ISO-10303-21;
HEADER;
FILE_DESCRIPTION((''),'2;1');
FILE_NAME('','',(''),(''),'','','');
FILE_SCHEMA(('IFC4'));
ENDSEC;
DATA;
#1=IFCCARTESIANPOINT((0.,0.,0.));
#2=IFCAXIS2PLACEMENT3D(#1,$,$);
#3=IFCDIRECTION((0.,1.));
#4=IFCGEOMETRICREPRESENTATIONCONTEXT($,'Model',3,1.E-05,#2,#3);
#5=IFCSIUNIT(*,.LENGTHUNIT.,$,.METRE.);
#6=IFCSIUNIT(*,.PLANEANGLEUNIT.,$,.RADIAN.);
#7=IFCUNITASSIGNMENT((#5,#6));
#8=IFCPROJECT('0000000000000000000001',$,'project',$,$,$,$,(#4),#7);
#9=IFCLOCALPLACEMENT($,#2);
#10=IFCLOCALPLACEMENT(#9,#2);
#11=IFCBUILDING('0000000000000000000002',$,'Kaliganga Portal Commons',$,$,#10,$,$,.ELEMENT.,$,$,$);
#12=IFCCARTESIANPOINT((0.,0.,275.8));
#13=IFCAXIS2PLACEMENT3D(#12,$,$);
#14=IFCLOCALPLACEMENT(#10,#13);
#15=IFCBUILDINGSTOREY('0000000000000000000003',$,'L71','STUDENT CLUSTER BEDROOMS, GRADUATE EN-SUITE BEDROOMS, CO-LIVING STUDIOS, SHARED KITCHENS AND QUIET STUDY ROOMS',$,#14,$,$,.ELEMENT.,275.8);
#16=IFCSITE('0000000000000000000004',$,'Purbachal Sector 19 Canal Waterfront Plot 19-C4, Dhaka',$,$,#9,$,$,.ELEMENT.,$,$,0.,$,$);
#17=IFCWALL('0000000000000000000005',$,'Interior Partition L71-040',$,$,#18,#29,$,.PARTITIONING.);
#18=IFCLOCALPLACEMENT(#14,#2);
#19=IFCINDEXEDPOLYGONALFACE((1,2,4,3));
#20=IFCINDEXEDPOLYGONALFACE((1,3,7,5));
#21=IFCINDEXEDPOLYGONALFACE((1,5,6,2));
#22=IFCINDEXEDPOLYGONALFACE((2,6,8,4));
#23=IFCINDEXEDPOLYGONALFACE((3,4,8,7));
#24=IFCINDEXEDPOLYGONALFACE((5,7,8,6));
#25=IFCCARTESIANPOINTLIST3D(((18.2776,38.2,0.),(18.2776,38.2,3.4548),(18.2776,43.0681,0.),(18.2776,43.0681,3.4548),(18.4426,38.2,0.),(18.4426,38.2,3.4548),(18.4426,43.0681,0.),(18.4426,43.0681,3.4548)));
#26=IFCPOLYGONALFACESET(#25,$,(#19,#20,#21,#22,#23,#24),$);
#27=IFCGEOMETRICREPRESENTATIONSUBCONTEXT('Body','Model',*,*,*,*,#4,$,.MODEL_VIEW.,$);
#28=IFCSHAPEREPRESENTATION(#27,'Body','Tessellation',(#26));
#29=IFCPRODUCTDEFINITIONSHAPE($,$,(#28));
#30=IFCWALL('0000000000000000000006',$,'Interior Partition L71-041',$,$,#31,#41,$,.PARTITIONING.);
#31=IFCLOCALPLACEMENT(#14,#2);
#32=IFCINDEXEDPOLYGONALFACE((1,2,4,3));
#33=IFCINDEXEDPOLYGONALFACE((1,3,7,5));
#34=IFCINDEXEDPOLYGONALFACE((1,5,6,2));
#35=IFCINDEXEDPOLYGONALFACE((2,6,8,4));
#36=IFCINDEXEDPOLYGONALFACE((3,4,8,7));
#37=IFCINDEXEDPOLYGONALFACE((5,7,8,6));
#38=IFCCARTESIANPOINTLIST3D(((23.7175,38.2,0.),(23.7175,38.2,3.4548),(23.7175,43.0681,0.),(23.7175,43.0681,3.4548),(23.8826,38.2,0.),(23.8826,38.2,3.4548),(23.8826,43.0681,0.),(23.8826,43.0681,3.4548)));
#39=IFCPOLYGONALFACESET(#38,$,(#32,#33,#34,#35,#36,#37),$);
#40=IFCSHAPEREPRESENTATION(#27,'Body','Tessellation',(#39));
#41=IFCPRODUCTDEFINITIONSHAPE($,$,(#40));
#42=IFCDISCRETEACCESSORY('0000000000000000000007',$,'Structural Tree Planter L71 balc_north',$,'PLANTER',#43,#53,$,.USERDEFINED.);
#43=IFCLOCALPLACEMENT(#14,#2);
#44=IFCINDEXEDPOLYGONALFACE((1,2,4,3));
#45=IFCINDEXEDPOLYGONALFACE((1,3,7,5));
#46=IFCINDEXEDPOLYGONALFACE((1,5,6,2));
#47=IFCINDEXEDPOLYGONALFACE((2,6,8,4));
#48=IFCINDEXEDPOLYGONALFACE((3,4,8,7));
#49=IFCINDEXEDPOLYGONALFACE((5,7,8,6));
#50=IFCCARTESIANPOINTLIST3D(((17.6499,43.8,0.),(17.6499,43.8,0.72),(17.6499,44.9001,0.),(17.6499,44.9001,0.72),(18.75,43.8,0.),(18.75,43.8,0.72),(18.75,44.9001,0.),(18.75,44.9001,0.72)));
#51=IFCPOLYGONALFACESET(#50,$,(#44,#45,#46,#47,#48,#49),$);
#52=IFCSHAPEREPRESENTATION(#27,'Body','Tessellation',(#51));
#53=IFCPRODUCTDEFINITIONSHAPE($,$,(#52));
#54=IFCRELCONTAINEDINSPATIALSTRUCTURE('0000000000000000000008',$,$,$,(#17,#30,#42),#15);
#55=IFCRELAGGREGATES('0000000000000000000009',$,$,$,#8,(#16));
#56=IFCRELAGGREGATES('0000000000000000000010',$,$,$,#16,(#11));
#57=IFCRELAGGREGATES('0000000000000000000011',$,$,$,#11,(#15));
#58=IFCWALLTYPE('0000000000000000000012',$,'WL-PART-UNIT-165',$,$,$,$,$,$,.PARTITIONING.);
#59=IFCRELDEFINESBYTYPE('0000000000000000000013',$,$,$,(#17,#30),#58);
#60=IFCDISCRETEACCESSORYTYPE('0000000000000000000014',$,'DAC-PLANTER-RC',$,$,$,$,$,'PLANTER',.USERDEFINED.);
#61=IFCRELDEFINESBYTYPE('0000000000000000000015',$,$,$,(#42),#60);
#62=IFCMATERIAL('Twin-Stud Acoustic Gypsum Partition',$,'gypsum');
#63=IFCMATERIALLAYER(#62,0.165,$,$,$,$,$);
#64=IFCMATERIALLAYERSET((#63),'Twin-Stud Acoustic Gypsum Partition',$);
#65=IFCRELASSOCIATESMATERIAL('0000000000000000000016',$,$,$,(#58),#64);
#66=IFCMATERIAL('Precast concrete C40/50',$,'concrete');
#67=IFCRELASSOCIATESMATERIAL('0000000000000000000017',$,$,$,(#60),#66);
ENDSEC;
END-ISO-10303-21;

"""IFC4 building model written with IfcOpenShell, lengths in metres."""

from ifc_helpers import new_model, si_unit, direction, frame, frame_2d, origin, origin_2d, place, context, subcontext, project, spatial, rectangle, extrude, source, transform, mapped, material, layer, layer_set, type_object, element, save


model = new_model("IFC4")

# Units and contexts
model_context = context("Model", 3, precision=1e-05, world=origin(), true_north=direction((0.0, 1.0)))
body_context = subcontext(model_context, "Body", "Model", "MODEL_VIEW")
ifc_project = project(units=[si_unit("LENGTHUNIT", "METRE"), si_unit("PLANEANGLEUNIT", "RADIAN")], contexts=[model_context])

# Site, building, storey
site_placement = place(None, origin())
site = spatial("IfcSite", under=ifc_project, at=site_placement, Name="Purbachal Sector 19 Canal Waterfront Plot 19-C4, Dhaka", CompositionType="ELEMENT", RefElevation=0.0)
building_placement = place(site_placement, origin())
building = spatial("IfcBuilding", under=site, at=building_placement, Name="Kaliganga Portal Commons", CompositionType="ELEMENT")
storey_placement = place(building_placement, frame((0.0, 0.0, 275.8)))
storey = spatial("IfcBuildingStorey", under=building, at=storey_placement, Name="L71", Description="STUDENT CLUSTER BEDROOMS, GRADUATE EN-SUITE BEDROOMS, CO-LIVING STUDIOS, SHARED KITCHENS AND QUIET STUDY ROOMS", CompositionType="ELEMENT", Elevation=275.8)

# Walls
ifc_material_1 = material(Name="Twin-Stud Acoustic Gypsum Partition", Category="gypsum")
ifc_layer_1 = layer(ifc_material_1, 0.165)
ifc_layer_set_1 = layer_set([ifc_layer_1], Name="Twin-Stud Acoustic Gypsum Partition")
wall_type_1 = type_object("IfcWallType", Name="WL-PART-UNIT-165", PredefinedType="PARTITIONING", material=ifc_layer_set_1)
for number, where, z_axis, x_axis, name in (
    (1, (18.3601, 38.2, 0.0), (0.0, 0.0, 1.0), (0.0, 1.0, 0.0), "Interior Partition L71-040"),
    (2, (23.8, 38.2, 0.0), (0.0, 0.0, 1.0), (0.0, 1.0, 0.0), "Interior Partition L71-041"),
):
    element("IfcWall", number, at=place(storey_placement, frame(where, z_axis=z_axis, x_axis=x_axis)), inside=storey, type_object=wall_type_1, Name=name, PredefinedType="PARTITIONING", context=body_context, shape_type="SweptSolid", body=[
        extrude(rectangle(XDim=4.8682, YDim=0.165, at=frame_2d((2.4341, 0.0))), origin(), (0.0, 0.0, 1.0), 3.4548),
    ])

# Discrete accessory
ifc_material_2 = material(Name="Precast concrete C40/50", Category="concrete")
discrete_accessory_type = type_object("IfcDiscreteAccessoryType", Name="DAC-PLANTER-RC", ElementType="PLANTER", PredefinedType="USERDEFINED", material=ifc_material_2)
shared_shape_1 = source(origin(), body_context, "Body", "SweptSolid", [
    extrude(rectangle(XDim=1.1001, YDim=1.1001, at=origin_2d()), origin(), (0.0, 0.0, 1.0), 0.72),
])
discrete_accessory_placement = place(storey_placement, frame((18.2, 44.3501, 0.0), z_axis=(0.0, 0.0, 1.0), x_axis=(1.0, 0.0, 0.0)))
element("IfcDiscreteAccessory", 3, at=discrete_accessory_placement, inside=storey, type_object=discrete_accessory_type, Name="Structural Tree Planter L71 balc_north", ObjectType="PLANTER", PredefinedType="USERDEFINED", context=body_context, shape_type="MappedRepresentation", body=[
    mapped(shared_shape_1, transform((0.0, 0.0, 0.0), x_axis=(1.0, 0.0, 0.0), y_axis=(0.0, 1.0, 0.0), z_axis=(0.0, 0.0, 1.0), scale=1.0)),
])

save(model, "model.ifc")
